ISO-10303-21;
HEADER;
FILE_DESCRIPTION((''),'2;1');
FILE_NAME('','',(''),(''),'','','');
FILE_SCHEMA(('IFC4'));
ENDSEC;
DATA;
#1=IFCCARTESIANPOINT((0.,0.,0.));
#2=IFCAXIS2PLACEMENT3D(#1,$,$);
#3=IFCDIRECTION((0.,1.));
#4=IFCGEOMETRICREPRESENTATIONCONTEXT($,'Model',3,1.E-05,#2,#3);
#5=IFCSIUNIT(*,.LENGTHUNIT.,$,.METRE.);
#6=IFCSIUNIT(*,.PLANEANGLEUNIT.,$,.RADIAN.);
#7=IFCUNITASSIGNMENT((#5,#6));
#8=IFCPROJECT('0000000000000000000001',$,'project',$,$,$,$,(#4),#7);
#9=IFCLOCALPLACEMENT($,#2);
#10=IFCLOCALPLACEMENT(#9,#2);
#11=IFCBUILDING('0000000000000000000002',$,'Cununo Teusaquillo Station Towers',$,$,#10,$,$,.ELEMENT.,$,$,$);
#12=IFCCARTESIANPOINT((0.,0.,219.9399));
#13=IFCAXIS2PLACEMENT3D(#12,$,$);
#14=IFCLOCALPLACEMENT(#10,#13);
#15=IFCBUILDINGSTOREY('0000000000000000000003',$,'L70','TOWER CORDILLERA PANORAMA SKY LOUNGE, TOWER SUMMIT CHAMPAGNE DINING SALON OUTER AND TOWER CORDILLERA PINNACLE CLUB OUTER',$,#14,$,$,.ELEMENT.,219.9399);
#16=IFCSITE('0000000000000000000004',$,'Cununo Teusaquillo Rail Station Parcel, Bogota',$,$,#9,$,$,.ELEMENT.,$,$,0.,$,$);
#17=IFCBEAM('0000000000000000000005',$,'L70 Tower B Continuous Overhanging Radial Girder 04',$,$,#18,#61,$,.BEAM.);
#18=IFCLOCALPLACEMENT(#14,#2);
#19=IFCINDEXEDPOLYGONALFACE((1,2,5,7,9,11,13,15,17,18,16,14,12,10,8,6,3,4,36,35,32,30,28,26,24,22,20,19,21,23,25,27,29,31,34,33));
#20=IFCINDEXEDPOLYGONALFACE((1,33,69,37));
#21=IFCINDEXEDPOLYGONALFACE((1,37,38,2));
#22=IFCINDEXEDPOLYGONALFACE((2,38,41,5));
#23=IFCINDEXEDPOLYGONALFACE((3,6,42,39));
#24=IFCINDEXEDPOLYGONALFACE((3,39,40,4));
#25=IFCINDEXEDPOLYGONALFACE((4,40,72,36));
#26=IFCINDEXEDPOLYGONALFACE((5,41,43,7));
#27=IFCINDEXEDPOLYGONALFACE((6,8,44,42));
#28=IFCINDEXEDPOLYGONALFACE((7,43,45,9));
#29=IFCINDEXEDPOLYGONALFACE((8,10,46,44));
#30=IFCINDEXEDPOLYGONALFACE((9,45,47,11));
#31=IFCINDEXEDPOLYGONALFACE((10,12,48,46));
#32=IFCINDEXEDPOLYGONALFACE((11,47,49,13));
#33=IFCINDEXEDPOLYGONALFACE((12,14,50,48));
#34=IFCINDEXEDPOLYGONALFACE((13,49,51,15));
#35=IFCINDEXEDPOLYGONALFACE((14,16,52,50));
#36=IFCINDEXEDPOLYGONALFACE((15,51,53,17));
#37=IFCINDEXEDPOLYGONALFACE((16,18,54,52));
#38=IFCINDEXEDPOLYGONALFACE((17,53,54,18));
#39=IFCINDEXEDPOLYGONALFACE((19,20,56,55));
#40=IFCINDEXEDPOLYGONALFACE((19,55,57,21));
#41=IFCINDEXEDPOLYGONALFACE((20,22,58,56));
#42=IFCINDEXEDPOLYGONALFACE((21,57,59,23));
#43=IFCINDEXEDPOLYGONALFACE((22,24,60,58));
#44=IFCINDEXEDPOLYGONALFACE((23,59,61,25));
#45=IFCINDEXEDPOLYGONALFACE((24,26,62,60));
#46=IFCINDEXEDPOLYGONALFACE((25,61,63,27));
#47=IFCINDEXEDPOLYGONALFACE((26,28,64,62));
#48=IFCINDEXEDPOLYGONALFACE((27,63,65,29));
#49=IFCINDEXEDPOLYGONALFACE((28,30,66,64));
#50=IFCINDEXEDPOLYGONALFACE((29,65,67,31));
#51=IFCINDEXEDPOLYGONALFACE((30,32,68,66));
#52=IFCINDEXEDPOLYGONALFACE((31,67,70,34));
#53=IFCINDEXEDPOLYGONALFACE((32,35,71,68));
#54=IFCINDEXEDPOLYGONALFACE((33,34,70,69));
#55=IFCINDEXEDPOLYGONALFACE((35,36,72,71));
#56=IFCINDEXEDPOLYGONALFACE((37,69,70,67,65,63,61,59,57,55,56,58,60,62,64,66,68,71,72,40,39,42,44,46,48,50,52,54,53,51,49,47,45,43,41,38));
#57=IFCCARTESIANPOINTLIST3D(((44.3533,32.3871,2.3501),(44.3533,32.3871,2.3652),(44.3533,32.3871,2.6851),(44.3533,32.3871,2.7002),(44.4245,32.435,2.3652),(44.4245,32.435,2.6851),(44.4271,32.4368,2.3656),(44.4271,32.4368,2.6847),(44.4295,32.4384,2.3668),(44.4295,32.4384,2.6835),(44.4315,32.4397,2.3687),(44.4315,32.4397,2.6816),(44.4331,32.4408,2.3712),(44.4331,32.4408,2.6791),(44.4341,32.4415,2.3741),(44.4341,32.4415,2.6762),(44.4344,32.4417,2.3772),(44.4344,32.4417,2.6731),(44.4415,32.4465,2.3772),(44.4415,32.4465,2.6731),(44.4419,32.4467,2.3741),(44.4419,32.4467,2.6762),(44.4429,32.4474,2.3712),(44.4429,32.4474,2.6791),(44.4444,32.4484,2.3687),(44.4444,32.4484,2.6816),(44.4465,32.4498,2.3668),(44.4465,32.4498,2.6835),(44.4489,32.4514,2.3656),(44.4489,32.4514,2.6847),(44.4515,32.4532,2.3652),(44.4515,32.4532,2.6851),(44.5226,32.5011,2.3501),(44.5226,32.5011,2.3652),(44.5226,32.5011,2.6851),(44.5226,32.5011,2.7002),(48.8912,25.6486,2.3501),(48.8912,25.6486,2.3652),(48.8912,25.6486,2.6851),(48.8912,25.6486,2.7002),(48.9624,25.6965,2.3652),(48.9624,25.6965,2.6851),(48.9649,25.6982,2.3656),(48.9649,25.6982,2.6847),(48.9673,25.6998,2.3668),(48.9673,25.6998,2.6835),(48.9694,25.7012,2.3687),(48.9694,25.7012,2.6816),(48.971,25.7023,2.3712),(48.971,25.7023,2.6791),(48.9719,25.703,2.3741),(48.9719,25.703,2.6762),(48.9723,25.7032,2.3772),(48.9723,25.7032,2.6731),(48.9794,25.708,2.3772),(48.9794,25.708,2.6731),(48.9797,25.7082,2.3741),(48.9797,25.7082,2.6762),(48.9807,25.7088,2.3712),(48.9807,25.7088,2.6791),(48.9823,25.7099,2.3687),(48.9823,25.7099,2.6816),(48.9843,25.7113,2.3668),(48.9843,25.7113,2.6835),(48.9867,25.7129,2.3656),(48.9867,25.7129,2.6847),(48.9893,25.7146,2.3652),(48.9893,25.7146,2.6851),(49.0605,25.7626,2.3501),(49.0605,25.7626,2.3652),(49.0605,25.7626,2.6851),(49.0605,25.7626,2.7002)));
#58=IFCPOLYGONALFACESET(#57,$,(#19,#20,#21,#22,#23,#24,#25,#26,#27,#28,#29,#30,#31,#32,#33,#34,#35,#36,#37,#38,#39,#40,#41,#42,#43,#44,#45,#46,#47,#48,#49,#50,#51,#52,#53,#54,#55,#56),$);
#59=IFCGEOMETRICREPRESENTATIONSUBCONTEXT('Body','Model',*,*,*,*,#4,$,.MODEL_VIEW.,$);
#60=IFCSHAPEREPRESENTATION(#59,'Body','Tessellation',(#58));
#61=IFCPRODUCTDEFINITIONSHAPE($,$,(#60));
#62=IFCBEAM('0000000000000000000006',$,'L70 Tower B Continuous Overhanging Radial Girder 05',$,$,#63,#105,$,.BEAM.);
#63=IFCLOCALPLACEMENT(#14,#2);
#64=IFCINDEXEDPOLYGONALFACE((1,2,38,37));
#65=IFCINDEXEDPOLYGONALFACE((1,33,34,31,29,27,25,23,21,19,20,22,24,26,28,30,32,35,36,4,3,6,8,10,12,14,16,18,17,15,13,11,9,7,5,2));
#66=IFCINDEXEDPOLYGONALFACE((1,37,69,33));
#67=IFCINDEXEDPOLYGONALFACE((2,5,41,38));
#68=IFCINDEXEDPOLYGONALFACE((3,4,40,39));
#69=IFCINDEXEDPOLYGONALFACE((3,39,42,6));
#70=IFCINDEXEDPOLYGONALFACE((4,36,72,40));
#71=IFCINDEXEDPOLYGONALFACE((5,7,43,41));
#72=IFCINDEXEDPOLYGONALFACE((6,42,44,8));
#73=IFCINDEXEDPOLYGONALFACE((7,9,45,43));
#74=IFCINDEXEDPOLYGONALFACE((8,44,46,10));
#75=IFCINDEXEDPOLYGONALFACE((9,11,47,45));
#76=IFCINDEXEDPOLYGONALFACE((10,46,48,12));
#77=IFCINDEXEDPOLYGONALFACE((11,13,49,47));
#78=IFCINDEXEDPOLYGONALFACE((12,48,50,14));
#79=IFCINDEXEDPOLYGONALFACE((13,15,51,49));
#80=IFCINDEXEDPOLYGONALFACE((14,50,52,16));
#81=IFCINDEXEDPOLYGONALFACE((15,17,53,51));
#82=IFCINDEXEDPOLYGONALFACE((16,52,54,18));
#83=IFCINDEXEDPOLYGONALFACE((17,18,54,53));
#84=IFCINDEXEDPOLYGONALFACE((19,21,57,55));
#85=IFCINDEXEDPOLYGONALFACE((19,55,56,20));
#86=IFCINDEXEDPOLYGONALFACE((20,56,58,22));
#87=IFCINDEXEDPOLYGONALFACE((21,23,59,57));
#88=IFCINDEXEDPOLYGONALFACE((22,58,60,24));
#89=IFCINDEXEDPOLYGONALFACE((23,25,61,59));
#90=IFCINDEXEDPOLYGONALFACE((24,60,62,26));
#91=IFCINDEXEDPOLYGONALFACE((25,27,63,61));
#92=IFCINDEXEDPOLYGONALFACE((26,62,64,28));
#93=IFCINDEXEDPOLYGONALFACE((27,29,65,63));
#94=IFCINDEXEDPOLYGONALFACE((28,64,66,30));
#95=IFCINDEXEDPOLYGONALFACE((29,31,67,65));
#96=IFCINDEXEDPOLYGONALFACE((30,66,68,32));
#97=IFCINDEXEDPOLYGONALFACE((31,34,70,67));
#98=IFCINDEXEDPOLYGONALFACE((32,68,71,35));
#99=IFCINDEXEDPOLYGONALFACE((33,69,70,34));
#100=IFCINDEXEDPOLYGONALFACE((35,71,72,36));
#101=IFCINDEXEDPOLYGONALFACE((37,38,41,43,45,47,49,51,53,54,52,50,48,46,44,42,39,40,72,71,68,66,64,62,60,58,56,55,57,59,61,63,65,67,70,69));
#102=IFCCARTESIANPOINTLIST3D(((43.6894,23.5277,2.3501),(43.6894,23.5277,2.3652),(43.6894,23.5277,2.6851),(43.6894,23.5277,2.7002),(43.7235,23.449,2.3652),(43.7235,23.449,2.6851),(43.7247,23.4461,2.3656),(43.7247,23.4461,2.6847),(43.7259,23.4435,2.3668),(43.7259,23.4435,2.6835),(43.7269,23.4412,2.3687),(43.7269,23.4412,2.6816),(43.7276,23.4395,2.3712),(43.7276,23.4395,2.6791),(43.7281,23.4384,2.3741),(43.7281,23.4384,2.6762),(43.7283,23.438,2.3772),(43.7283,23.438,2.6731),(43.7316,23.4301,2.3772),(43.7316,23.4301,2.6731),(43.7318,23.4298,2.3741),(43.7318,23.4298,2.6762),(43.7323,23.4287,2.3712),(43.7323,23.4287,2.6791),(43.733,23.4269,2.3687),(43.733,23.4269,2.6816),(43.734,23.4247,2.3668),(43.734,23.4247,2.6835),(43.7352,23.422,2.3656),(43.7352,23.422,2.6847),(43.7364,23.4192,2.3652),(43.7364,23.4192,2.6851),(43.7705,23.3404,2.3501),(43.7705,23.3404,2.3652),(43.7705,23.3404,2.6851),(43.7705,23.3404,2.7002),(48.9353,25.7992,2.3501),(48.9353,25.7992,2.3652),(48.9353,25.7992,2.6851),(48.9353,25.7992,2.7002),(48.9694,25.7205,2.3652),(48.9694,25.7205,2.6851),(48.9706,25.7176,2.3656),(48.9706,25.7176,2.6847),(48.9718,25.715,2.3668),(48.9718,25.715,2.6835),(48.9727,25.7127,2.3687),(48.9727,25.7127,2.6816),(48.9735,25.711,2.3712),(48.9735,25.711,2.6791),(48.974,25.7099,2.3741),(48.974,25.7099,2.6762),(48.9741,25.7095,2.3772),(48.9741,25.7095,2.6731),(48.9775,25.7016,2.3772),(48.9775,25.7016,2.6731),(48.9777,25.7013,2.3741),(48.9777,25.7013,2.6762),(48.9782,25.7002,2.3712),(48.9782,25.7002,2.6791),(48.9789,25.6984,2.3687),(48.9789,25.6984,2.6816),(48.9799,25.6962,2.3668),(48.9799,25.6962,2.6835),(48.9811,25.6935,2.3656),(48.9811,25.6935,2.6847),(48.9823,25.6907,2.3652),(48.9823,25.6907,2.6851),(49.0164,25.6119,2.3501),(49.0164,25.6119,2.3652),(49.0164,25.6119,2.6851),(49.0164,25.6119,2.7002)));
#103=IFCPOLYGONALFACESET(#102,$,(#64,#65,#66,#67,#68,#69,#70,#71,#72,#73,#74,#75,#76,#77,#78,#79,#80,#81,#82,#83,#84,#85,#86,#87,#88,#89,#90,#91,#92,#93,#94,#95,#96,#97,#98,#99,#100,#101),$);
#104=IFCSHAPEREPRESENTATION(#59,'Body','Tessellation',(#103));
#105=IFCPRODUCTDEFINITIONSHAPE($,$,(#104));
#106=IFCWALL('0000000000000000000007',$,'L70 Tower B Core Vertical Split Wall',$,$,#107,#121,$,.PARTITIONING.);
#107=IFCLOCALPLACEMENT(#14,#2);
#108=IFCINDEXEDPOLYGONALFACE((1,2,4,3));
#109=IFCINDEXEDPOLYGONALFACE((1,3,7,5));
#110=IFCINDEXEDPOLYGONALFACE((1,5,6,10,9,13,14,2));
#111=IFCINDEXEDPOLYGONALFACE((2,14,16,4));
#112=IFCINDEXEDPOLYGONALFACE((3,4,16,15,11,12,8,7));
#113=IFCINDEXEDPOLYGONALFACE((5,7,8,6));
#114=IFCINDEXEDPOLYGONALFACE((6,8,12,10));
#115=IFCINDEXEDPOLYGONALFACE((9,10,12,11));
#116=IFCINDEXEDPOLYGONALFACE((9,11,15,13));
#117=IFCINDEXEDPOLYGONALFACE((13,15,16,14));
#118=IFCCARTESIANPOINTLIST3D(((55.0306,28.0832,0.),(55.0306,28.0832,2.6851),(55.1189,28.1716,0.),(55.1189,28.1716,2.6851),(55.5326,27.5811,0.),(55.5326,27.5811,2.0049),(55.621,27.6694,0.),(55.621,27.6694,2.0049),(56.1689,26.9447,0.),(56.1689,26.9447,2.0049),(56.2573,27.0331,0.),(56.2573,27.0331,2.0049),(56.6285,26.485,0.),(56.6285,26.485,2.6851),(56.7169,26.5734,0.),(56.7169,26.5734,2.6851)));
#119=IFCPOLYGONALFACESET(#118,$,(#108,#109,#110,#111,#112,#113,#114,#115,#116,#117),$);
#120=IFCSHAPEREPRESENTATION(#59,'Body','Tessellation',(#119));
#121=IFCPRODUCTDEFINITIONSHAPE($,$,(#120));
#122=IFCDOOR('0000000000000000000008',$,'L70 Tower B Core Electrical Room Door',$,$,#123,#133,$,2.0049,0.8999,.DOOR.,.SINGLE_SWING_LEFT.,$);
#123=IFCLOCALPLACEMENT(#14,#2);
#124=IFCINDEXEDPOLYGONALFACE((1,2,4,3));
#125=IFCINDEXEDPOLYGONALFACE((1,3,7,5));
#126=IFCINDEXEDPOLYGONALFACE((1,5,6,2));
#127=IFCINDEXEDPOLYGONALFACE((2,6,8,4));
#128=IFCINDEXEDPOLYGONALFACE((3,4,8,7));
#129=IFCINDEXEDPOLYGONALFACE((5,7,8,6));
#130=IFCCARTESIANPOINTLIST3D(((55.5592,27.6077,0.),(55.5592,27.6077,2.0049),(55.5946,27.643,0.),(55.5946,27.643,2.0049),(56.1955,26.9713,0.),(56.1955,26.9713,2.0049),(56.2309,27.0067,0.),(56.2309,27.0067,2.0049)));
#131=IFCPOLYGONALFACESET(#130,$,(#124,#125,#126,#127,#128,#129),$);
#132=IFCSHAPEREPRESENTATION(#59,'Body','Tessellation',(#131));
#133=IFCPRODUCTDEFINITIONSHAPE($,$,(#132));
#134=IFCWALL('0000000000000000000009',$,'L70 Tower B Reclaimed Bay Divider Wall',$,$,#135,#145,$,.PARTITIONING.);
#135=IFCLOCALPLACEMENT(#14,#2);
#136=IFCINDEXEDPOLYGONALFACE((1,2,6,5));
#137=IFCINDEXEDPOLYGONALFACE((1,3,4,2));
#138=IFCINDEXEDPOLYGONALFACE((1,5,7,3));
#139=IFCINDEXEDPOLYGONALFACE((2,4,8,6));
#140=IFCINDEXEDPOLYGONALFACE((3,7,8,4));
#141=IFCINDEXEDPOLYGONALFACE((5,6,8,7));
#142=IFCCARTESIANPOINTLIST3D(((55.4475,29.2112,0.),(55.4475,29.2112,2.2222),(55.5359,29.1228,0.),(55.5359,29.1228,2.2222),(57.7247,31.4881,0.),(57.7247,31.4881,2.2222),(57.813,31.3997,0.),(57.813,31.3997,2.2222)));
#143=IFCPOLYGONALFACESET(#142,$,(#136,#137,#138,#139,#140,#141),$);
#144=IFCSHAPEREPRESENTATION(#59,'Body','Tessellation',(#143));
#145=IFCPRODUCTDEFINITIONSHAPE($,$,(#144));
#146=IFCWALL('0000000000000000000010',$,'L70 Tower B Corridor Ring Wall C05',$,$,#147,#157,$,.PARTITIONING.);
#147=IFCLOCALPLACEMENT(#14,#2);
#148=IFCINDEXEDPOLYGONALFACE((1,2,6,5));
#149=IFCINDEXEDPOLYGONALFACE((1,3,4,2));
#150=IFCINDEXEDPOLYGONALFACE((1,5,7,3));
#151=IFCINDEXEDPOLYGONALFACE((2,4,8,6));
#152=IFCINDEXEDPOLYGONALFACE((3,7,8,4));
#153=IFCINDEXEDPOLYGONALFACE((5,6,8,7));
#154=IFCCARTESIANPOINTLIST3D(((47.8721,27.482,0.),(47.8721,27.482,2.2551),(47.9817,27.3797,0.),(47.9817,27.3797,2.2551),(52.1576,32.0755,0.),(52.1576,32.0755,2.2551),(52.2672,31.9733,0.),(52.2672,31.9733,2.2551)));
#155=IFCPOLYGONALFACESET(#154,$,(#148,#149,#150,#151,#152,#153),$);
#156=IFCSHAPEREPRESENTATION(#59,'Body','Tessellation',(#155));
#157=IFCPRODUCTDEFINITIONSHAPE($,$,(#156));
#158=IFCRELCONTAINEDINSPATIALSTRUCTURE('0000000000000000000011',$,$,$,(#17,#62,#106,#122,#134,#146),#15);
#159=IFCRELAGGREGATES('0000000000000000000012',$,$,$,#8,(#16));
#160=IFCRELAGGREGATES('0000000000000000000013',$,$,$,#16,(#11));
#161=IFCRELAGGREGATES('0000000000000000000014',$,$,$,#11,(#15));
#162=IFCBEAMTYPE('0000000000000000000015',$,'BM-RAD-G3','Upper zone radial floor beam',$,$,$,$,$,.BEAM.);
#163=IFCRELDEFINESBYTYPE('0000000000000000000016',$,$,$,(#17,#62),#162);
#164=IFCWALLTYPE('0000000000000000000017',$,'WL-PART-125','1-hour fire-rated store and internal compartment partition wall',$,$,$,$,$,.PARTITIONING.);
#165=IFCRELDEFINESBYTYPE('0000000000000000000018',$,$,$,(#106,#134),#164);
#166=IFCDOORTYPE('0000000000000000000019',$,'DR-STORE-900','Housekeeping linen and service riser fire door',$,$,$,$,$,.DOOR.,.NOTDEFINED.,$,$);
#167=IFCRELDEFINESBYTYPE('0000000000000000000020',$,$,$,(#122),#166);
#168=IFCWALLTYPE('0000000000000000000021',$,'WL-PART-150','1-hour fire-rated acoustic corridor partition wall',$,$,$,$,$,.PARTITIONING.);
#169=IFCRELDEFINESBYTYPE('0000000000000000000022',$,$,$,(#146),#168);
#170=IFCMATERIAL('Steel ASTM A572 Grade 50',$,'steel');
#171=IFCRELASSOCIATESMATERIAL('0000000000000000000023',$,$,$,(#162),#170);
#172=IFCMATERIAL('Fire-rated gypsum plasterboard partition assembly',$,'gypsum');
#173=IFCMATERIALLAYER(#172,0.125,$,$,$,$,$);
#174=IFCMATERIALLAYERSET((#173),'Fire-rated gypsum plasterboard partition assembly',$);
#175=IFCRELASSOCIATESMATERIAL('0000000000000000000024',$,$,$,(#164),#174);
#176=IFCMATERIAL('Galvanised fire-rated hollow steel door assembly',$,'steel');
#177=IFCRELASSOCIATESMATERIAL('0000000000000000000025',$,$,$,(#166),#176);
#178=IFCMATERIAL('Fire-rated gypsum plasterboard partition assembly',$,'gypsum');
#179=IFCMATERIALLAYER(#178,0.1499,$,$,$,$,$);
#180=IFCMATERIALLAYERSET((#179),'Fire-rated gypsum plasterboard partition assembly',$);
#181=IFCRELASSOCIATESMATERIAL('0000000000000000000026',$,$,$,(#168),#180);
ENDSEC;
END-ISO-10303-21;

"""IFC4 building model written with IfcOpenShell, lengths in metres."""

from ifc_helpers import new_model, si_unit, direction, frame, frame_2d, origin, origin_2d, place, context, subcontext, project, spatial, rectangle, i_section, extrude, source, transform, mapped, material, layer, layer_set, material_profile, profile_set, type_object, element, fill, save


model = new_model("IFC4")

# Units and contexts
model_context = context("Model", 3, precision=1e-05, world=origin(), true_north=direction((0.0, 1.0)))
body_context = subcontext(model_context, "Body", "Model", "MODEL_VIEW")
ifc_project = project(units=[si_unit("LENGTHUNIT", "METRE"), si_unit("PLANEANGLEUNIT", "RADIAN")], contexts=[model_context])

# Site, building, storey
site_placement = place(None, origin())
site = spatial("IfcSite", under=ifc_project, at=site_placement, Name="Cununo Teusaquillo Rail Station Parcel, Bogota", CompositionType="ELEMENT", RefElevation=0.0)
building_placement = place(site_placement, origin())
building = spatial("IfcBuilding", under=site, at=building_placement, Name="Cununo Teusaquillo Station Towers", CompositionType="ELEMENT")
storey_placement = place(building_placement, frame((0.0, 0.0, 219.9399)))
storey = spatial("IfcBuildingStorey", under=building, at=storey_placement, Name="L70", Description="TOWER CORDILLERA PANORAMA SKY LOUNGE, TOWER SUMMIT CHAMPAGNE DINING SALON OUTER AND TOWER CORDILLERA PINNACLE CLUB OUTER", CompositionType="ELEMENT", Elevation=219.9399)

# Beams
ifc_material_1 = material(Name="Steel ASTM A572 Grade 50", Category="steel")
ifc_material_profile_1 = material_profile(ifc_material_1, i_section(OverallWidth=0.2041, OverallDepth=0.3501, WebThickness=0.0085, FlangeThickness=0.0151, FilletRadius=0.012, at=origin_2d()), Name="W14X48")
ifc_profile_set_1 = profile_set([ifc_material_profile_1], Name="Steel ASTM A572 Grade 50")
beam_type_1 = type_object("IfcBeamType", Name="BM-RAD-G3", Description="Upper zone radial floor beam", PredefinedType="BEAM", material=ifc_profile_set_1)
beam_1_placement = place(storey_placement, frame((48.9758, 25.7056, 2.5251), z_axis=(-0.558571, 0.829457, 0.0), x_axis=(-0.829457, -0.558571, 0.0)))
element("IfcBeam", 1, at=beam_1_placement, inside=storey, type_object=beam_type_1, Name="L70 Tower B Continuous Overhanging Radial Girder 04", PredefinedType="BEAM", context=body_context, shape_type="SweptSolid", body=[
    extrude(i_section(OverallWidth=0.2041, OverallDepth=0.3501, WebThickness=0.0085, FlangeThickness=0.0151, FilletRadius=0.012, at=origin_2d()), origin(), (0.0, 0.0, 1.0), 8.124),
])
beam_2_placement = place(storey_placement, frame((48.9758, 25.7056, 2.5251), z_axis=(-0.917665, -0.397355, 0.0), x_axis=(0.397355, -0.917665, 0.0)))
element("IfcBeam", 2, at=beam_2_placement, inside=storey, type_object=beam_type_1, Name="L70 Tower B Continuous Overhanging Radial Girder 05", PredefinedType="BEAM", context=body_context, shape_type="SweptSolid", body=[
    extrude(i_section(OverallWidth=0.2041, OverallDepth=0.3501, WebThickness=0.0085, FlangeThickness=0.0151, FilletRadius=0.012, at=origin_2d()), origin(), (0.0, 0.0, 1.0), 5.7166),
])

# Wall, opening, door
ifc_material_2 = material(Name="Fire-rated gypsum plasterboard partition assembly", Category="gypsum")
ifc_layer_1 = layer(ifc_material_2, 0.125)
ifc_layer_set_1 = layer_set([ifc_layer_1], Name="Fire-rated gypsum plasterboard partition assembly")
wall_type_1 = type_object("IfcWallType", Name="WL-PART-125", Description="1-hour fire-rated store and internal compartment partition wall", PredefinedType="PARTITIONING", material=ifc_layer_set_1)
wall_1_placement = place(storey_placement, frame((56.6726, 26.5293, 0.0), z_axis=(0.0, 0.0, 1.0), x_axis=(-0.707053, 0.707161, 0.0)))
wall_1 = element("IfcWall", 3, at=wall_1_placement, inside=storey, type_object=wall_type_1, Name="L70 Tower B Core Vertical Split Wall", PredefinedType="PARTITIONING", context=body_context, shape_type="SweptSolid", body=[
    extrude(rectangle(XDim=2.26, YDim=0.125, at=frame_2d((1.1299, 0.0))), origin(), (0.0, 0.0, 1.0), 2.6851),
])
shared_shape_1 = source(origin(), body_context, "Body", "SweptSolid", [
    extrude(rectangle(XDim=0.8999, YDim=2.0049, at=frame_2d((0.45, 1.0024))), frame((0.0, 0.0725, 0.0), z_axis=(0.0, -1.0, 0.0), x_axis=(1.0, 0.0, 0.0)), (0.0, 0.0, 1.0), 0.145),
])
opening_1_placement = place(wall_1_placement, frame((0.6499, 0.0, 0.0)))
opening_1 = element("IfcOpeningElement", 4, at=opening_1_placement, cuts=wall_1, PredefinedType="OPENING", context=body_context, shape_type="MappedRepresentation", body=[
    mapped(shared_shape_1, transform((0.0, 0.0, 0.0), x_axis=(1.0, 0.0, 0.0), y_axis=(0.0, 1.0, 0.0), z_axis=(0.0, 0.0, 1.0), scale=1.0)),
])
ifc_material_3 = material(Name="Galvanised fire-rated hollow steel door assembly", Category="steel")
door_type_1 = type_object("IfcDoorType", Name="DR-STORE-900", Description="Housekeeping linen and service riser fire door", OperationType="NOTDEFINED", PredefinedType="DOOR", material=ifc_material_3)
shared_shape_2 = source(origin(), body_context, "Body", "SweptSolid", [
    extrude(rectangle(XDim=0.8999, YDim=2.0049, at=frame_2d((0.45, 1.0024))), frame((0.0, 0.0249, 0.0), z_axis=(0.0, -1.0, 0.0), x_axis=(1.0, 0.0, 0.0)), (0.0, 0.0, 1.0), 0.05),
])
door_1_placement = place(opening_1_placement, origin())
door_1 = element("IfcDoor", 5, at=door_1_placement, inside=storey, type_object=door_type_1, Name="L70 Tower B Core Electrical Room Door", OperationType="SINGLE_SWING_LEFT", OverallHeight=2.0049, OverallWidth=0.8999, PredefinedType="DOOR", context=body_context, shape_type="MappedRepresentation", body=[
    mapped(shared_shape_2, transform((0.0, 0.0, 0.0), x_axis=(1.0, 0.0, 0.0), y_axis=(0.0, 1.0, 0.0), z_axis=(0.0, 0.0, 1.0), scale=1.0)),
])
fill(opening_1, door_1)

# Walls
wall_2_placement = place(storey_placement, frame((55.4917, 29.167, 0.0), z_axis=(0.0, 0.0, 1.0), x_axis=(0.707145, 0.707069, 0.0)))
element("IfcWall", 6, at=wall_2_placement, inside=storey, type_object=wall_type_1, Name="L70 Tower B Reclaimed Bay Divider Wall", PredefinedType="PARTITIONING", context=body_context, shape_type="SweptSolid", body=[
    extrude(rectangle(XDim=3.2202, YDim=0.125, at=frame_2d((1.6101, 0.0))), origin(), (0.0, 0.0, 1.0), 2.2222),
])
ifc_material_4 = material(Name="Fire-rated gypsum plasterboard partition assembly", Category="gypsum")
ifc_layer_2 = layer(ifc_material_4, 0.1499)
ifc_layer_set_2 = layer_set([ifc_layer_2], Name="Fire-rated gypsum plasterboard partition assembly")
wall_type_2 = type_object("IfcWallType", Name="WL-PART-150", Description="1-hour fire-rated acoustic corridor partition wall", PredefinedType="PARTITIONING", material=ifc_layer_set_2)
wall_3_placement = place(storey_placement, frame((52.2124, 32.0244, 0.0), z_axis=(0.0, 0.0, 1.0), x_axis=(-0.682159, -0.731204, 0.0)))
element("IfcWall", 7, at=wall_3_placement, inside=storey, type_object=wall_type_2, Name="L70 Tower B Corridor Ring Wall C05", PredefinedType="PARTITIONING", context=body_context, shape_type="SweptSolid", body=[
    extrude(rectangle(XDim=6.2822, YDim=0.1499, at=frame_2d((3.1411, 0.0))), origin(), (0.0, 0.0, 1.0), 2.2551),
])

save(model, "model.ifc")
